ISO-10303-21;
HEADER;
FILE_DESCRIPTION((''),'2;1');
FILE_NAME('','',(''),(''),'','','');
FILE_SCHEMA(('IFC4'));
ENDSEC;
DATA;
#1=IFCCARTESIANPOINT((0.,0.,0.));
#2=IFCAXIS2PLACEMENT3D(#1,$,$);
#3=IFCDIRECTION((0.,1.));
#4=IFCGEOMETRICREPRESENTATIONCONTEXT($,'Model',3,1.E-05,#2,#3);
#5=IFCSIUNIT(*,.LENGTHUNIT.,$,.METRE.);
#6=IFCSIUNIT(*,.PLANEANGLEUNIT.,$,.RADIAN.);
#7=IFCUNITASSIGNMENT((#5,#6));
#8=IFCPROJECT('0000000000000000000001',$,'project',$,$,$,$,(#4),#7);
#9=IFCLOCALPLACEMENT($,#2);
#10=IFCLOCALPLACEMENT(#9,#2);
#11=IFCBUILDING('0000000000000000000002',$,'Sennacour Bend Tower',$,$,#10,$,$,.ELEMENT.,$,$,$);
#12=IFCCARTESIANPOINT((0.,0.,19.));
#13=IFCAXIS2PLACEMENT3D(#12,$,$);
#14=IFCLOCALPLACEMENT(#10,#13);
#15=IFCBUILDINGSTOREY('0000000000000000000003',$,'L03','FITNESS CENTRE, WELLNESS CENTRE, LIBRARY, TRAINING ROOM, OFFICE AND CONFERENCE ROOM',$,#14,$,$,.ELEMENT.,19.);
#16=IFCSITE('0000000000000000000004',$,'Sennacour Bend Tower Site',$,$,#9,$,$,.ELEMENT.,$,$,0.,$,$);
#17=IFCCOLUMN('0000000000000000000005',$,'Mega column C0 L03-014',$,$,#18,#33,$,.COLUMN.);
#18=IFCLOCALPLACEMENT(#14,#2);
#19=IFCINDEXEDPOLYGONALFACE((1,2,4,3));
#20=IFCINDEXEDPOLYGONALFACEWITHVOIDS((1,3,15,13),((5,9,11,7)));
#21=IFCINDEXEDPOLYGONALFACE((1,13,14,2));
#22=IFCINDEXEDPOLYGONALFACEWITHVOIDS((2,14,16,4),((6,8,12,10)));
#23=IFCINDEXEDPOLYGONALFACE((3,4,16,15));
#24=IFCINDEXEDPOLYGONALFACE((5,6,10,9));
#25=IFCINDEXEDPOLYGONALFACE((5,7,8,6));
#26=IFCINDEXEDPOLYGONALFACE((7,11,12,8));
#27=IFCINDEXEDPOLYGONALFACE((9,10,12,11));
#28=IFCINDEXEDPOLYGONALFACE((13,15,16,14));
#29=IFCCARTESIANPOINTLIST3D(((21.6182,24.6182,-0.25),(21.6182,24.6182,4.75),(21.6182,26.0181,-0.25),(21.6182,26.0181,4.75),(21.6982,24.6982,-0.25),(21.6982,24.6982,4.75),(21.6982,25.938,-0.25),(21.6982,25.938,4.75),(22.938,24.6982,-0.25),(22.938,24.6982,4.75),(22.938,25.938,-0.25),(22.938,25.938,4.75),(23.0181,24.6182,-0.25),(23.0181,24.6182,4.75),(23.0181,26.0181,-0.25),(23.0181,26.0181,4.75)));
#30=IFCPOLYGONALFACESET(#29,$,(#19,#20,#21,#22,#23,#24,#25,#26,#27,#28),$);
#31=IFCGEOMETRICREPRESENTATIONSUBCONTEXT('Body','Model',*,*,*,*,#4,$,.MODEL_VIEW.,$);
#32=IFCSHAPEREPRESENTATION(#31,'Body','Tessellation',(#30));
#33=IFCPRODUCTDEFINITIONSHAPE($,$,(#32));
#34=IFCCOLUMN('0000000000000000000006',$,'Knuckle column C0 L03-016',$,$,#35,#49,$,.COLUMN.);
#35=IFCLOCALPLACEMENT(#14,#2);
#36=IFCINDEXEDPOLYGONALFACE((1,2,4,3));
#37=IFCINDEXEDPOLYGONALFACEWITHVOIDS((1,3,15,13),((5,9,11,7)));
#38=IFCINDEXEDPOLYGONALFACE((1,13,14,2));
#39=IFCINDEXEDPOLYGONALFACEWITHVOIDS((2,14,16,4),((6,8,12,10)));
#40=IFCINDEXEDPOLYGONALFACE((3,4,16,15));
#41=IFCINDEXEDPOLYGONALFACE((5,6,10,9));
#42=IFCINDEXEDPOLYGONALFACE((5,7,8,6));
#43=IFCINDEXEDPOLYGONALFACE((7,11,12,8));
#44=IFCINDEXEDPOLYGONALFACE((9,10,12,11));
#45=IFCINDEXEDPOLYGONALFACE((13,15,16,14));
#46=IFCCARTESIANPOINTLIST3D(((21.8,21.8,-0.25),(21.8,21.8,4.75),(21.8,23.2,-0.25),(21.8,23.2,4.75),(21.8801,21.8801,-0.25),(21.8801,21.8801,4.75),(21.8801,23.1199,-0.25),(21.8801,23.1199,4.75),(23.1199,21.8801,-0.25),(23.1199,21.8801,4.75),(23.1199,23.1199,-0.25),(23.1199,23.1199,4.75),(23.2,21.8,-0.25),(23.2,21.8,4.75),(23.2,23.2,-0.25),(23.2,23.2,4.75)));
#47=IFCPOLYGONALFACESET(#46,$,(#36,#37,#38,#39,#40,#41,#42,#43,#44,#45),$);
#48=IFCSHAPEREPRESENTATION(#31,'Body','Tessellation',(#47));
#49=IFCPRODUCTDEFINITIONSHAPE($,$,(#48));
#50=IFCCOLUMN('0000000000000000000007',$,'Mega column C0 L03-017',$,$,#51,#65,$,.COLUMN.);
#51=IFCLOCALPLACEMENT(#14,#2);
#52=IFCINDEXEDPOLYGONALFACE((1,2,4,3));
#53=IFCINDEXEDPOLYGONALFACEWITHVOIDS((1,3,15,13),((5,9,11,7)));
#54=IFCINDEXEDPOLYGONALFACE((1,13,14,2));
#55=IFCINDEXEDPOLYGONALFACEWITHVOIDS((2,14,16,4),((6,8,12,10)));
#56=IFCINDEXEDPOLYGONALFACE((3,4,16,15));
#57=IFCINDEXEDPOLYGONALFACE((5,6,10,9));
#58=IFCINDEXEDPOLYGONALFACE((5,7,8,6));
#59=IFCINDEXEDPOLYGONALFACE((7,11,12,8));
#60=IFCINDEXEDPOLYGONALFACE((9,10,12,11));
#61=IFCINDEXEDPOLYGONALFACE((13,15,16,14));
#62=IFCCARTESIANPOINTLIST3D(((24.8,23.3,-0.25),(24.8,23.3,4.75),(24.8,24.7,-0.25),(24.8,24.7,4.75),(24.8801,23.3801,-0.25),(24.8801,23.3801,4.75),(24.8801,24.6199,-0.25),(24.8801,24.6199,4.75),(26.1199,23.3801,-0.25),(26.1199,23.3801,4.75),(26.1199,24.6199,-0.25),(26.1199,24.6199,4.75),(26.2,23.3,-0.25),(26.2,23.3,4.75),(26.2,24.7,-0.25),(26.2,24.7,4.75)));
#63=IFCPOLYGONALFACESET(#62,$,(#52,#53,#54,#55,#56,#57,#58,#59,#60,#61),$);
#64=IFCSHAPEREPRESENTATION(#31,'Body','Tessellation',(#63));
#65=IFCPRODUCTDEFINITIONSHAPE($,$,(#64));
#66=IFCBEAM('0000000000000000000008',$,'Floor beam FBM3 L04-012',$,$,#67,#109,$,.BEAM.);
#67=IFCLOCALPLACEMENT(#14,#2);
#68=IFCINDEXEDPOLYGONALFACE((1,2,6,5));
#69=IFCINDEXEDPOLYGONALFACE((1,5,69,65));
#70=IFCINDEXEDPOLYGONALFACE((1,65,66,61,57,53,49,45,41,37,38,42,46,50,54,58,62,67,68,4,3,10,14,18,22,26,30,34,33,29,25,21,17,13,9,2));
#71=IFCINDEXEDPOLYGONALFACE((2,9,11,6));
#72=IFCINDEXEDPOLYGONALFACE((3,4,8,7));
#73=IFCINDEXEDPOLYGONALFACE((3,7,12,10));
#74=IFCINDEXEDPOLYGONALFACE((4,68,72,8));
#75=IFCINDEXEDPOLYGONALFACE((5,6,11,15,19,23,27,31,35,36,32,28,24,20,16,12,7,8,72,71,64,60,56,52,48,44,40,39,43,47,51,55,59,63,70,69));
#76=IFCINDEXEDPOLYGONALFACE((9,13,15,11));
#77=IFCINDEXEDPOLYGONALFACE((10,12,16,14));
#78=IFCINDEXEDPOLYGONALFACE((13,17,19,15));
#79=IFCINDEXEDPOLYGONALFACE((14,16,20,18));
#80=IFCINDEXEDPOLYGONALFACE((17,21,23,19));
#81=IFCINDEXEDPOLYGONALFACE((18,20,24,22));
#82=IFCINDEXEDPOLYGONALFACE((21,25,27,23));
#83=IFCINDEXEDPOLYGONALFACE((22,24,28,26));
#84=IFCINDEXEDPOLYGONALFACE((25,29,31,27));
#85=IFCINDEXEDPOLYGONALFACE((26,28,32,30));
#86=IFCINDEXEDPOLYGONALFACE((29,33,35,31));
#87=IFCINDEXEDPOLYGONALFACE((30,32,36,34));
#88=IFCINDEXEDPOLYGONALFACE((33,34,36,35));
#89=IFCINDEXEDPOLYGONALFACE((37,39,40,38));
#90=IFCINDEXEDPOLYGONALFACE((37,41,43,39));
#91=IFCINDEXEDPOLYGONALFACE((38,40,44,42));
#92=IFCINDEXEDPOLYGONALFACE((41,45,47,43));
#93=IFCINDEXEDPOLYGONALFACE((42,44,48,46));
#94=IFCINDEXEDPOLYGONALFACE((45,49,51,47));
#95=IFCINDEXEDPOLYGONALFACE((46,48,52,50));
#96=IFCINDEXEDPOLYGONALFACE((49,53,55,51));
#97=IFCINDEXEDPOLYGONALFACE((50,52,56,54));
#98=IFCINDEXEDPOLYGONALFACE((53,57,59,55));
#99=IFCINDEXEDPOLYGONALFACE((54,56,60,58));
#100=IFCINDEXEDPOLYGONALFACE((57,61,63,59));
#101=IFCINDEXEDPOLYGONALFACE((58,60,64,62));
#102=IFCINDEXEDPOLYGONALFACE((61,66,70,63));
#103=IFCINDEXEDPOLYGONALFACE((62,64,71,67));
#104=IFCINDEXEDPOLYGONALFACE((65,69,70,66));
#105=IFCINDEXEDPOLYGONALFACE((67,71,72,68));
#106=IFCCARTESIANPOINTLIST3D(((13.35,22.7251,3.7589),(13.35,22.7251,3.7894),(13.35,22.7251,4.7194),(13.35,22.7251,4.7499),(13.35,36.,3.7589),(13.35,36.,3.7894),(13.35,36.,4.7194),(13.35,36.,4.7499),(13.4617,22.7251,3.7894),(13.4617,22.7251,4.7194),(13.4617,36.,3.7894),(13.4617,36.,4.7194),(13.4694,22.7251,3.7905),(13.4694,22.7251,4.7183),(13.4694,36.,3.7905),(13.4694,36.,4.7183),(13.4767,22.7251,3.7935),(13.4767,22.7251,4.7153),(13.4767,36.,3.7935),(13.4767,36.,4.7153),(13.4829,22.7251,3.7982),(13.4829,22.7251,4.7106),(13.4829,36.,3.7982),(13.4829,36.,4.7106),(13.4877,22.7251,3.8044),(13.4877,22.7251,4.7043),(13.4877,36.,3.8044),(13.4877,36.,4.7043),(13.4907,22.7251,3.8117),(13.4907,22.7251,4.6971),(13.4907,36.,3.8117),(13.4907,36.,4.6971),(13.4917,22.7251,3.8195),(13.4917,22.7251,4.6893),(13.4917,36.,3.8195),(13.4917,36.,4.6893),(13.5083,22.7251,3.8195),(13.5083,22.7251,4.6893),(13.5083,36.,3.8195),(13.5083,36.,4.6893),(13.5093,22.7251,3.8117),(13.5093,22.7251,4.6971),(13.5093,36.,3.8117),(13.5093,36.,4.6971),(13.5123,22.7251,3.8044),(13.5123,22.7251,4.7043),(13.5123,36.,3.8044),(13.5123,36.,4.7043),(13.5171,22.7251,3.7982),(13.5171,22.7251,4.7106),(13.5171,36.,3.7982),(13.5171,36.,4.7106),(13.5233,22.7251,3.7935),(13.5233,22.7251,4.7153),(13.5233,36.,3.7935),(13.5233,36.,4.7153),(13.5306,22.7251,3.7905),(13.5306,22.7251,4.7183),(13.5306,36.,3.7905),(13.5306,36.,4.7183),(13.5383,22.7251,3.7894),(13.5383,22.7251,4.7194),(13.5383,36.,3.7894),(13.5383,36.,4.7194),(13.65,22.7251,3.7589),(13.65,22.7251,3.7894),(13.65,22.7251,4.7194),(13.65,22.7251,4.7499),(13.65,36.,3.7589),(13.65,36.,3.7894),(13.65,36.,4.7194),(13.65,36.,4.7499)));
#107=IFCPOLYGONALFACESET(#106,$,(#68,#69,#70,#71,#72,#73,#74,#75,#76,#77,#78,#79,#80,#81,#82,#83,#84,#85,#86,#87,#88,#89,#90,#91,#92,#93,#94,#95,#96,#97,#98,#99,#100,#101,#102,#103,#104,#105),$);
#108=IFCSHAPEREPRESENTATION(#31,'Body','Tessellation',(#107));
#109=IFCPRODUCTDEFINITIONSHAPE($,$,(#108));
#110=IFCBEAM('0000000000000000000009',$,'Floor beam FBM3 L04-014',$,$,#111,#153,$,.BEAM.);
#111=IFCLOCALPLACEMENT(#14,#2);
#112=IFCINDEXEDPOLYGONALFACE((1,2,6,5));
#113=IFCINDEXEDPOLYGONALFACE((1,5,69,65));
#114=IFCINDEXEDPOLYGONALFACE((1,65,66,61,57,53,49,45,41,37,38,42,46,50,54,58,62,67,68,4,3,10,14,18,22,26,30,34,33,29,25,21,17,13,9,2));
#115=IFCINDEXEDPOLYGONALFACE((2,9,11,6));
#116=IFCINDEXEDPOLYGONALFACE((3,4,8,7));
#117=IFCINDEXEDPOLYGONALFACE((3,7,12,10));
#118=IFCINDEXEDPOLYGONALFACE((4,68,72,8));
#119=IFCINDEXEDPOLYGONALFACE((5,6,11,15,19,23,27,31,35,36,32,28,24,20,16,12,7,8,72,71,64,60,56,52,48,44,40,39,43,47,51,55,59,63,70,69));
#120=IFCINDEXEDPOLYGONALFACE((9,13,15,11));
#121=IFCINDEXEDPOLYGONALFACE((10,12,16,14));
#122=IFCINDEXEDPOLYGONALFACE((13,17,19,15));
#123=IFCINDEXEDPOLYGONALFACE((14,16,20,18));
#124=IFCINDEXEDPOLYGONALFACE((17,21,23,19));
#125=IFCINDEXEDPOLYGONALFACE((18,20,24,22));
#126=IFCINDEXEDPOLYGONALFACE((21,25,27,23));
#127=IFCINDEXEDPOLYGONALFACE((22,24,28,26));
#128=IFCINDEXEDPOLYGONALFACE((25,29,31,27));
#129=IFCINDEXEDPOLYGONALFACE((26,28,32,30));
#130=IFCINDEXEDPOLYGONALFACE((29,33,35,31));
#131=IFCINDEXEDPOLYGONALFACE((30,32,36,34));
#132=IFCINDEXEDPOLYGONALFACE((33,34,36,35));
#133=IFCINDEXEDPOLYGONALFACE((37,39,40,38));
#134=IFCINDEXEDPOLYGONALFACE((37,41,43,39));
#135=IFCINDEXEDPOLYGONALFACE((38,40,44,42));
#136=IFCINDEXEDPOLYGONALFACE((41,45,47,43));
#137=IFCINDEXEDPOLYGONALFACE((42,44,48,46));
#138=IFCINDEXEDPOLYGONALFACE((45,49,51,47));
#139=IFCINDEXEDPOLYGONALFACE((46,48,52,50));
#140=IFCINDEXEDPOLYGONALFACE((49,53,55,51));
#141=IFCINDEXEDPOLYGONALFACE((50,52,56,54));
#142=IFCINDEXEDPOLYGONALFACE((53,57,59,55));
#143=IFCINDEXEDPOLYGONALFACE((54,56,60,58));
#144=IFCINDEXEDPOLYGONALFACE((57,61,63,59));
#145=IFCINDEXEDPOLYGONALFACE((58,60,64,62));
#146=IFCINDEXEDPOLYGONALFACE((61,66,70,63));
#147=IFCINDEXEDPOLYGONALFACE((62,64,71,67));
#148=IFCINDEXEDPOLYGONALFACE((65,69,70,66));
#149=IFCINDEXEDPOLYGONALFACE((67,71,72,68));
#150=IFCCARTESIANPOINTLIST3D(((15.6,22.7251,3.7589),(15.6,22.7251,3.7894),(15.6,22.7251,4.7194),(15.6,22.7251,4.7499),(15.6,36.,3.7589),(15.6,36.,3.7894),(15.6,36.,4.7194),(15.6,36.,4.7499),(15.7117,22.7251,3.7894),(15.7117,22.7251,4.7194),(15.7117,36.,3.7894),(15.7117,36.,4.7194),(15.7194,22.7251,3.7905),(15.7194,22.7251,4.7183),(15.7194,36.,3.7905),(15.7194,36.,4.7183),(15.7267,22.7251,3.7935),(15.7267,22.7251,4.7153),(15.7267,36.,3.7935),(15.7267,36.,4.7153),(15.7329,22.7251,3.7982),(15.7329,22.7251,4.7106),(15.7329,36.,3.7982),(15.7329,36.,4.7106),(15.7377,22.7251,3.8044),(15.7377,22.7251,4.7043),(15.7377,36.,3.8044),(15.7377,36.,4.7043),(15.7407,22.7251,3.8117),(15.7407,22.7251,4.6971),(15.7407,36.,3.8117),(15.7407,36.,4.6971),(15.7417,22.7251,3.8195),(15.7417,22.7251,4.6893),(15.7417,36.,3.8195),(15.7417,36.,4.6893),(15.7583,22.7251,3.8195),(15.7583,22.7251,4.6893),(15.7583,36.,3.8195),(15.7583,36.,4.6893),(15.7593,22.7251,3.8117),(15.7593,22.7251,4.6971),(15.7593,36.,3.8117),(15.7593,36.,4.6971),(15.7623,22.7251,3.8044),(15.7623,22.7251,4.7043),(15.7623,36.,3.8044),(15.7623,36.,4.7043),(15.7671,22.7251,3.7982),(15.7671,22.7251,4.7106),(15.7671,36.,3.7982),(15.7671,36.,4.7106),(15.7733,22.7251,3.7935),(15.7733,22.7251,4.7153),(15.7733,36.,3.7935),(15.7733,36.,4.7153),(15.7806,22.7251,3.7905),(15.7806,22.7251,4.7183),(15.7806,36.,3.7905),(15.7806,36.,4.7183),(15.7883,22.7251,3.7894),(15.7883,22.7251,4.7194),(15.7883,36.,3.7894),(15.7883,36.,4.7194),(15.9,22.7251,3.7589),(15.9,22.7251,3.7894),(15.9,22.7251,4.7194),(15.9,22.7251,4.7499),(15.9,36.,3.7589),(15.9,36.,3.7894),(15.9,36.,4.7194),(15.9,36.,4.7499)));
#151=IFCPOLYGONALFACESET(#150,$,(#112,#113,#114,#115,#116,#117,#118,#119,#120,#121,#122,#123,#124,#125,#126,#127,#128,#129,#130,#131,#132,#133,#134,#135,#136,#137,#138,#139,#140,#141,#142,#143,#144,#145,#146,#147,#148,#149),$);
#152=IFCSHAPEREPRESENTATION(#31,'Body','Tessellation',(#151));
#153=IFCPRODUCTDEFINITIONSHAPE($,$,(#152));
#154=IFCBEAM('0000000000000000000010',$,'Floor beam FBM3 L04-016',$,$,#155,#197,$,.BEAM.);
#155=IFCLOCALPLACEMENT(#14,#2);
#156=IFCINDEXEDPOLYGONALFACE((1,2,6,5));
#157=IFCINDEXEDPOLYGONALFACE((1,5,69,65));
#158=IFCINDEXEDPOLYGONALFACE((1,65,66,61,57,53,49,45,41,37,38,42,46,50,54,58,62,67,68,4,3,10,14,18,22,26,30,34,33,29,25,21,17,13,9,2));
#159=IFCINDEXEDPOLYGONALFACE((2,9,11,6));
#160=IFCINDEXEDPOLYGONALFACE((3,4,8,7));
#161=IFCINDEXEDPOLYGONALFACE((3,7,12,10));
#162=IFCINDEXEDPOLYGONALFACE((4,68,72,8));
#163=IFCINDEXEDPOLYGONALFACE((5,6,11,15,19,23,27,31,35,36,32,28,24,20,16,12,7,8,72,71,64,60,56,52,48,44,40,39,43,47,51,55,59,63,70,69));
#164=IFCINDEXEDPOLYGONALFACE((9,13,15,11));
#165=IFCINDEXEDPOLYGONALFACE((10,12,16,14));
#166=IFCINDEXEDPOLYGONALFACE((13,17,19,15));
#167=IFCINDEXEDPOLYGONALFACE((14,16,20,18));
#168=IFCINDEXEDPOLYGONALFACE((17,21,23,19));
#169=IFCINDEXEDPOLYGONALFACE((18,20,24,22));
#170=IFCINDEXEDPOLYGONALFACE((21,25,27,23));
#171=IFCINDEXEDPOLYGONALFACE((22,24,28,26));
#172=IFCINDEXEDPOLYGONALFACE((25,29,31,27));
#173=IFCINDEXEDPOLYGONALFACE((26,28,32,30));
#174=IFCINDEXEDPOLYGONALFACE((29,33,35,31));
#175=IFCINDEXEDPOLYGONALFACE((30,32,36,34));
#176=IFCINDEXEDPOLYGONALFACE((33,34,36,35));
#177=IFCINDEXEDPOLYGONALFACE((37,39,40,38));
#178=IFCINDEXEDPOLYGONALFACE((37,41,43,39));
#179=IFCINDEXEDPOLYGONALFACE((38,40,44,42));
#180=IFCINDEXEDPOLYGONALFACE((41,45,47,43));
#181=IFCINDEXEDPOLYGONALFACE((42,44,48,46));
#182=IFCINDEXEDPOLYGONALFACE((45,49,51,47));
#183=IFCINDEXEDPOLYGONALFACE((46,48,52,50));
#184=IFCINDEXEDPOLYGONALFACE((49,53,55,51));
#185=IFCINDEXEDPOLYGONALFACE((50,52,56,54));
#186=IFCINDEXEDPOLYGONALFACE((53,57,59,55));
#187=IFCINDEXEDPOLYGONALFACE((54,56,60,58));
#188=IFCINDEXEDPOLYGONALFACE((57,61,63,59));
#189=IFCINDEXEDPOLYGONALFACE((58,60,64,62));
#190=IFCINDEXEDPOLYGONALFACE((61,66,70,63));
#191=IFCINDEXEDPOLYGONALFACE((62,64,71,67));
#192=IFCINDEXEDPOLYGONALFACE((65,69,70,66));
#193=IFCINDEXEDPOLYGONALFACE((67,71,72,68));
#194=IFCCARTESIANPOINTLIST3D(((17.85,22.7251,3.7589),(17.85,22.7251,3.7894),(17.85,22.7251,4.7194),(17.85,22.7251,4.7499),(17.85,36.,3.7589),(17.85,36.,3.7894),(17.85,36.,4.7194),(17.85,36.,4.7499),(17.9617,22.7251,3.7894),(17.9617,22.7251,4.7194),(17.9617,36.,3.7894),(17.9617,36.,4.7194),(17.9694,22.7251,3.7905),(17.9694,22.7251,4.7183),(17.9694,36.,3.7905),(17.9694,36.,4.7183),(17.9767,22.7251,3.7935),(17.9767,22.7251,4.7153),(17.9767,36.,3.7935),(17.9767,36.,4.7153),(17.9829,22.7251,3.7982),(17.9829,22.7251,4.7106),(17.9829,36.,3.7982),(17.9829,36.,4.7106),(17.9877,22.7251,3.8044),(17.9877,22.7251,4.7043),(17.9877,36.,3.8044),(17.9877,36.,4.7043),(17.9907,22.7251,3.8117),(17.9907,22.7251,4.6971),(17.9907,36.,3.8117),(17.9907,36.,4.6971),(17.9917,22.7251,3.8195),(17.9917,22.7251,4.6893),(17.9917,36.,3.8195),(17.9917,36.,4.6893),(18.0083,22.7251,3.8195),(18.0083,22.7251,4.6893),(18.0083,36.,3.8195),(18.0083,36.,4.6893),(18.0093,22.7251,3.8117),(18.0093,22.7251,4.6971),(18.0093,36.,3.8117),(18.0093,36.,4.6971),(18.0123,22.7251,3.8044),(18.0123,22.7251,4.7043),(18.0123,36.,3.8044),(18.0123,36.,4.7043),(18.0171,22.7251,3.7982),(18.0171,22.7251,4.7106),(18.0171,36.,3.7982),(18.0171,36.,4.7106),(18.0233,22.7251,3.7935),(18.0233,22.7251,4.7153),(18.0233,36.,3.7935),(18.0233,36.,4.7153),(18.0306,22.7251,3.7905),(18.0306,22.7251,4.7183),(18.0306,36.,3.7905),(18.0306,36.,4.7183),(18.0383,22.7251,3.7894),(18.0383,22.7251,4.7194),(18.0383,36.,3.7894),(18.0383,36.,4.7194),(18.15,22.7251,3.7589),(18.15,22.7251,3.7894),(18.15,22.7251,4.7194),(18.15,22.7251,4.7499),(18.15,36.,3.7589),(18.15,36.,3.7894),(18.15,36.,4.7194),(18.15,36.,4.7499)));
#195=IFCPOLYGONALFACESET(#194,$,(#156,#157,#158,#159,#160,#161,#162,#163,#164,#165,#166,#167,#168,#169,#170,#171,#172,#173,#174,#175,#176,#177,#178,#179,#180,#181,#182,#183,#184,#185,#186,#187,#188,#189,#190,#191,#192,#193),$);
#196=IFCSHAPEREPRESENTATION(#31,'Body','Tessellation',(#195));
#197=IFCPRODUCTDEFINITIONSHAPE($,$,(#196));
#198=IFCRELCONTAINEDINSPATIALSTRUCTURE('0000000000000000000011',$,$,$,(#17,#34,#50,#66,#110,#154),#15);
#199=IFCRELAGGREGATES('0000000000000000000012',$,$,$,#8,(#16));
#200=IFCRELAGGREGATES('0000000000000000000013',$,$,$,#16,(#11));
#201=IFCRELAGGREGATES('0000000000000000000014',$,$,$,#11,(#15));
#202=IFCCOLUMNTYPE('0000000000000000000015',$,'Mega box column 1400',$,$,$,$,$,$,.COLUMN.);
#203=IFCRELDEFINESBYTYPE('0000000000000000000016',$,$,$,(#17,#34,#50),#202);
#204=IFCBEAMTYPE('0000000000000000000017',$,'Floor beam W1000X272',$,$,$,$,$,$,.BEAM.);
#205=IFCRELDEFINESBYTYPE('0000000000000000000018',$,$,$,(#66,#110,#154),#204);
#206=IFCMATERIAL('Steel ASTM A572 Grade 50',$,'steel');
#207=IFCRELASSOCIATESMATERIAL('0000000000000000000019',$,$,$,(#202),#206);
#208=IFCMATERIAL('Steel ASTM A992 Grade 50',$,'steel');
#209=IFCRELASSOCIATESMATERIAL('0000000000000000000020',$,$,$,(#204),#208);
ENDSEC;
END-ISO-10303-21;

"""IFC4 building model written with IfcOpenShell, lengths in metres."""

from ifc_helpers import new_model, si_unit, direction, frame, origin, origin_2d, place, context, subcontext, project, spatial, hollow_rectangle, i_section, extrude, material, material_profile, profile_set, type_object, element, save


model = new_model("IFC4")

# Units and contexts
model_context = context("Model", 3, precision=1e-05, world=origin(), true_north=direction((0.0, 1.0)))
body_context = subcontext(model_context, "Body", "Model", "MODEL_VIEW")
ifc_project = project(units=[si_unit("LENGTHUNIT", "METRE"), si_unit("PLANEANGLEUNIT", "RADIAN")], contexts=[model_context])

# Site, building, storey
site_placement = place(None, origin())
site = spatial("IfcSite", under=ifc_project, at=site_placement, Name="Sennacour Bend Tower Site", CompositionType="ELEMENT", RefElevation=0.0)
building_placement = place(site_placement, origin())
building = spatial("IfcBuilding", under=site, at=building_placement, Name="Sennacour Bend Tower", CompositionType="ELEMENT")
storey_placement = place(building_placement, frame((0.0, 0.0, 19.0)))
storey = spatial("IfcBuildingStorey", under=building, at=storey_placement, Name="L03", Description="FITNESS CENTRE, WELLNESS CENTRE, LIBRARY, TRAINING ROOM, OFFICE AND CONFERENCE ROOM", CompositionType="ELEMENT", Elevation=19.0)

# Columns
ifc_material_1 = material(Name="Steel ASTM A572 Grade 50", Category="steel")
ifc_material_profile_1 = material_profile(ifc_material_1, hollow_rectangle(XDim=1.3999, YDim=1.3999, WallThickness=0.0801, at=origin_2d()), Name="Steel ASTM A572 Grade 50", Category="steel")
ifc_profile_set_1 = profile_set([ifc_material_profile_1], Name="Steel ASTM A572 Grade 50")
column_type = type_object("IfcColumnType", Name="Mega box column 1400", PredefinedType="COLUMN", material=ifc_profile_set_1)
for number, where, z_axis, x_axis, name in (
    (1, (22.3181, 25.3181, -0.25), (0.0, 0.0, 1.0), (1.0, 0.0, 0.0), "Mega column C0 L03-014"),
    (2, (22.5, 22.5, -0.25), (0.0, 0.0, 1.0), (1.0, 0.0, 0.0), "Knuckle column C0 L03-016"),
    (3, (25.5, 24.0, -0.25), (0.0, 0.0, 1.0), (1.0, 0.0, 0.0), "Mega column C0 L03-017"),
):
    element("IfcColumn", number, at=place(storey_placement, frame(where, z_axis=z_axis, x_axis=x_axis)), inside=storey, type_object=column_type, Name=name, PredefinedType="COLUMN", context=body_context, shape_type="SweptSolid", body=[
        extrude(hollow_rectangle(XDim=1.3999, YDim=1.3999, WallThickness=0.0801, at=origin_2d()), origin(), (0.0, 0.0, 1.0), 5.0),
    ])

# Beams
ifc_material_2 = material(Name="Steel ASTM A992 Grade 50", Category="steel")
ifc_material_profile_2 = material_profile(ifc_material_2, i_section(OverallWidth=0.3, OverallDepth=0.991, WebThickness=0.0166, FlangeThickness=0.0305, FilletRadius=0.03, at=origin_2d()), Name="Steel ASTM A992 Grade 50", Category="steel")
ifc_profile_set_2 = profile_set([ifc_material_profile_2], Name="Steel ASTM A992 Grade 50")
beam_type_1 = type_object("IfcBeamType", Name="Floor beam W1000X272", PredefinedType="BEAM", material=ifc_profile_set_2)
for number, where, z_axis, x_axis, name in (
    (4, (13.5, 22.7251, 4.2544), (0.0, 1.0, 0.0), (-1.0, 0.0, 0.0), "Floor beam FBM3 L04-012"),
    (5, (15.75, 22.7251, 4.2544), (0.0, 1.0, 0.0), (-1.0, 0.0, 0.0), "Floor beam FBM3 L04-014"),
    (6, (18.0, 22.7251, 4.2544), (0.0, 1.0, 0.0), (-1.0, 0.0, 0.0), "Floor beam FBM3 L04-016"),
):
    element("IfcBeam", number, at=place(storey_placement, frame(where, z_axis=z_axis, x_axis=x_axis)), inside=storey, type_object=beam_type_1, Name=name, PredefinedType="BEAM", context=body_context, shape_type="SweptSolid", body=[
        extrude(i_section(OverallWidth=0.3, OverallDepth=0.991, WebThickness=0.0166, FlangeThickness=0.0305, FilletRadius=0.03, at=origin_2d()), origin(), (0.0, 0.0, 1.0), 13.2749),
    ])

save(model, "model.ifc")
